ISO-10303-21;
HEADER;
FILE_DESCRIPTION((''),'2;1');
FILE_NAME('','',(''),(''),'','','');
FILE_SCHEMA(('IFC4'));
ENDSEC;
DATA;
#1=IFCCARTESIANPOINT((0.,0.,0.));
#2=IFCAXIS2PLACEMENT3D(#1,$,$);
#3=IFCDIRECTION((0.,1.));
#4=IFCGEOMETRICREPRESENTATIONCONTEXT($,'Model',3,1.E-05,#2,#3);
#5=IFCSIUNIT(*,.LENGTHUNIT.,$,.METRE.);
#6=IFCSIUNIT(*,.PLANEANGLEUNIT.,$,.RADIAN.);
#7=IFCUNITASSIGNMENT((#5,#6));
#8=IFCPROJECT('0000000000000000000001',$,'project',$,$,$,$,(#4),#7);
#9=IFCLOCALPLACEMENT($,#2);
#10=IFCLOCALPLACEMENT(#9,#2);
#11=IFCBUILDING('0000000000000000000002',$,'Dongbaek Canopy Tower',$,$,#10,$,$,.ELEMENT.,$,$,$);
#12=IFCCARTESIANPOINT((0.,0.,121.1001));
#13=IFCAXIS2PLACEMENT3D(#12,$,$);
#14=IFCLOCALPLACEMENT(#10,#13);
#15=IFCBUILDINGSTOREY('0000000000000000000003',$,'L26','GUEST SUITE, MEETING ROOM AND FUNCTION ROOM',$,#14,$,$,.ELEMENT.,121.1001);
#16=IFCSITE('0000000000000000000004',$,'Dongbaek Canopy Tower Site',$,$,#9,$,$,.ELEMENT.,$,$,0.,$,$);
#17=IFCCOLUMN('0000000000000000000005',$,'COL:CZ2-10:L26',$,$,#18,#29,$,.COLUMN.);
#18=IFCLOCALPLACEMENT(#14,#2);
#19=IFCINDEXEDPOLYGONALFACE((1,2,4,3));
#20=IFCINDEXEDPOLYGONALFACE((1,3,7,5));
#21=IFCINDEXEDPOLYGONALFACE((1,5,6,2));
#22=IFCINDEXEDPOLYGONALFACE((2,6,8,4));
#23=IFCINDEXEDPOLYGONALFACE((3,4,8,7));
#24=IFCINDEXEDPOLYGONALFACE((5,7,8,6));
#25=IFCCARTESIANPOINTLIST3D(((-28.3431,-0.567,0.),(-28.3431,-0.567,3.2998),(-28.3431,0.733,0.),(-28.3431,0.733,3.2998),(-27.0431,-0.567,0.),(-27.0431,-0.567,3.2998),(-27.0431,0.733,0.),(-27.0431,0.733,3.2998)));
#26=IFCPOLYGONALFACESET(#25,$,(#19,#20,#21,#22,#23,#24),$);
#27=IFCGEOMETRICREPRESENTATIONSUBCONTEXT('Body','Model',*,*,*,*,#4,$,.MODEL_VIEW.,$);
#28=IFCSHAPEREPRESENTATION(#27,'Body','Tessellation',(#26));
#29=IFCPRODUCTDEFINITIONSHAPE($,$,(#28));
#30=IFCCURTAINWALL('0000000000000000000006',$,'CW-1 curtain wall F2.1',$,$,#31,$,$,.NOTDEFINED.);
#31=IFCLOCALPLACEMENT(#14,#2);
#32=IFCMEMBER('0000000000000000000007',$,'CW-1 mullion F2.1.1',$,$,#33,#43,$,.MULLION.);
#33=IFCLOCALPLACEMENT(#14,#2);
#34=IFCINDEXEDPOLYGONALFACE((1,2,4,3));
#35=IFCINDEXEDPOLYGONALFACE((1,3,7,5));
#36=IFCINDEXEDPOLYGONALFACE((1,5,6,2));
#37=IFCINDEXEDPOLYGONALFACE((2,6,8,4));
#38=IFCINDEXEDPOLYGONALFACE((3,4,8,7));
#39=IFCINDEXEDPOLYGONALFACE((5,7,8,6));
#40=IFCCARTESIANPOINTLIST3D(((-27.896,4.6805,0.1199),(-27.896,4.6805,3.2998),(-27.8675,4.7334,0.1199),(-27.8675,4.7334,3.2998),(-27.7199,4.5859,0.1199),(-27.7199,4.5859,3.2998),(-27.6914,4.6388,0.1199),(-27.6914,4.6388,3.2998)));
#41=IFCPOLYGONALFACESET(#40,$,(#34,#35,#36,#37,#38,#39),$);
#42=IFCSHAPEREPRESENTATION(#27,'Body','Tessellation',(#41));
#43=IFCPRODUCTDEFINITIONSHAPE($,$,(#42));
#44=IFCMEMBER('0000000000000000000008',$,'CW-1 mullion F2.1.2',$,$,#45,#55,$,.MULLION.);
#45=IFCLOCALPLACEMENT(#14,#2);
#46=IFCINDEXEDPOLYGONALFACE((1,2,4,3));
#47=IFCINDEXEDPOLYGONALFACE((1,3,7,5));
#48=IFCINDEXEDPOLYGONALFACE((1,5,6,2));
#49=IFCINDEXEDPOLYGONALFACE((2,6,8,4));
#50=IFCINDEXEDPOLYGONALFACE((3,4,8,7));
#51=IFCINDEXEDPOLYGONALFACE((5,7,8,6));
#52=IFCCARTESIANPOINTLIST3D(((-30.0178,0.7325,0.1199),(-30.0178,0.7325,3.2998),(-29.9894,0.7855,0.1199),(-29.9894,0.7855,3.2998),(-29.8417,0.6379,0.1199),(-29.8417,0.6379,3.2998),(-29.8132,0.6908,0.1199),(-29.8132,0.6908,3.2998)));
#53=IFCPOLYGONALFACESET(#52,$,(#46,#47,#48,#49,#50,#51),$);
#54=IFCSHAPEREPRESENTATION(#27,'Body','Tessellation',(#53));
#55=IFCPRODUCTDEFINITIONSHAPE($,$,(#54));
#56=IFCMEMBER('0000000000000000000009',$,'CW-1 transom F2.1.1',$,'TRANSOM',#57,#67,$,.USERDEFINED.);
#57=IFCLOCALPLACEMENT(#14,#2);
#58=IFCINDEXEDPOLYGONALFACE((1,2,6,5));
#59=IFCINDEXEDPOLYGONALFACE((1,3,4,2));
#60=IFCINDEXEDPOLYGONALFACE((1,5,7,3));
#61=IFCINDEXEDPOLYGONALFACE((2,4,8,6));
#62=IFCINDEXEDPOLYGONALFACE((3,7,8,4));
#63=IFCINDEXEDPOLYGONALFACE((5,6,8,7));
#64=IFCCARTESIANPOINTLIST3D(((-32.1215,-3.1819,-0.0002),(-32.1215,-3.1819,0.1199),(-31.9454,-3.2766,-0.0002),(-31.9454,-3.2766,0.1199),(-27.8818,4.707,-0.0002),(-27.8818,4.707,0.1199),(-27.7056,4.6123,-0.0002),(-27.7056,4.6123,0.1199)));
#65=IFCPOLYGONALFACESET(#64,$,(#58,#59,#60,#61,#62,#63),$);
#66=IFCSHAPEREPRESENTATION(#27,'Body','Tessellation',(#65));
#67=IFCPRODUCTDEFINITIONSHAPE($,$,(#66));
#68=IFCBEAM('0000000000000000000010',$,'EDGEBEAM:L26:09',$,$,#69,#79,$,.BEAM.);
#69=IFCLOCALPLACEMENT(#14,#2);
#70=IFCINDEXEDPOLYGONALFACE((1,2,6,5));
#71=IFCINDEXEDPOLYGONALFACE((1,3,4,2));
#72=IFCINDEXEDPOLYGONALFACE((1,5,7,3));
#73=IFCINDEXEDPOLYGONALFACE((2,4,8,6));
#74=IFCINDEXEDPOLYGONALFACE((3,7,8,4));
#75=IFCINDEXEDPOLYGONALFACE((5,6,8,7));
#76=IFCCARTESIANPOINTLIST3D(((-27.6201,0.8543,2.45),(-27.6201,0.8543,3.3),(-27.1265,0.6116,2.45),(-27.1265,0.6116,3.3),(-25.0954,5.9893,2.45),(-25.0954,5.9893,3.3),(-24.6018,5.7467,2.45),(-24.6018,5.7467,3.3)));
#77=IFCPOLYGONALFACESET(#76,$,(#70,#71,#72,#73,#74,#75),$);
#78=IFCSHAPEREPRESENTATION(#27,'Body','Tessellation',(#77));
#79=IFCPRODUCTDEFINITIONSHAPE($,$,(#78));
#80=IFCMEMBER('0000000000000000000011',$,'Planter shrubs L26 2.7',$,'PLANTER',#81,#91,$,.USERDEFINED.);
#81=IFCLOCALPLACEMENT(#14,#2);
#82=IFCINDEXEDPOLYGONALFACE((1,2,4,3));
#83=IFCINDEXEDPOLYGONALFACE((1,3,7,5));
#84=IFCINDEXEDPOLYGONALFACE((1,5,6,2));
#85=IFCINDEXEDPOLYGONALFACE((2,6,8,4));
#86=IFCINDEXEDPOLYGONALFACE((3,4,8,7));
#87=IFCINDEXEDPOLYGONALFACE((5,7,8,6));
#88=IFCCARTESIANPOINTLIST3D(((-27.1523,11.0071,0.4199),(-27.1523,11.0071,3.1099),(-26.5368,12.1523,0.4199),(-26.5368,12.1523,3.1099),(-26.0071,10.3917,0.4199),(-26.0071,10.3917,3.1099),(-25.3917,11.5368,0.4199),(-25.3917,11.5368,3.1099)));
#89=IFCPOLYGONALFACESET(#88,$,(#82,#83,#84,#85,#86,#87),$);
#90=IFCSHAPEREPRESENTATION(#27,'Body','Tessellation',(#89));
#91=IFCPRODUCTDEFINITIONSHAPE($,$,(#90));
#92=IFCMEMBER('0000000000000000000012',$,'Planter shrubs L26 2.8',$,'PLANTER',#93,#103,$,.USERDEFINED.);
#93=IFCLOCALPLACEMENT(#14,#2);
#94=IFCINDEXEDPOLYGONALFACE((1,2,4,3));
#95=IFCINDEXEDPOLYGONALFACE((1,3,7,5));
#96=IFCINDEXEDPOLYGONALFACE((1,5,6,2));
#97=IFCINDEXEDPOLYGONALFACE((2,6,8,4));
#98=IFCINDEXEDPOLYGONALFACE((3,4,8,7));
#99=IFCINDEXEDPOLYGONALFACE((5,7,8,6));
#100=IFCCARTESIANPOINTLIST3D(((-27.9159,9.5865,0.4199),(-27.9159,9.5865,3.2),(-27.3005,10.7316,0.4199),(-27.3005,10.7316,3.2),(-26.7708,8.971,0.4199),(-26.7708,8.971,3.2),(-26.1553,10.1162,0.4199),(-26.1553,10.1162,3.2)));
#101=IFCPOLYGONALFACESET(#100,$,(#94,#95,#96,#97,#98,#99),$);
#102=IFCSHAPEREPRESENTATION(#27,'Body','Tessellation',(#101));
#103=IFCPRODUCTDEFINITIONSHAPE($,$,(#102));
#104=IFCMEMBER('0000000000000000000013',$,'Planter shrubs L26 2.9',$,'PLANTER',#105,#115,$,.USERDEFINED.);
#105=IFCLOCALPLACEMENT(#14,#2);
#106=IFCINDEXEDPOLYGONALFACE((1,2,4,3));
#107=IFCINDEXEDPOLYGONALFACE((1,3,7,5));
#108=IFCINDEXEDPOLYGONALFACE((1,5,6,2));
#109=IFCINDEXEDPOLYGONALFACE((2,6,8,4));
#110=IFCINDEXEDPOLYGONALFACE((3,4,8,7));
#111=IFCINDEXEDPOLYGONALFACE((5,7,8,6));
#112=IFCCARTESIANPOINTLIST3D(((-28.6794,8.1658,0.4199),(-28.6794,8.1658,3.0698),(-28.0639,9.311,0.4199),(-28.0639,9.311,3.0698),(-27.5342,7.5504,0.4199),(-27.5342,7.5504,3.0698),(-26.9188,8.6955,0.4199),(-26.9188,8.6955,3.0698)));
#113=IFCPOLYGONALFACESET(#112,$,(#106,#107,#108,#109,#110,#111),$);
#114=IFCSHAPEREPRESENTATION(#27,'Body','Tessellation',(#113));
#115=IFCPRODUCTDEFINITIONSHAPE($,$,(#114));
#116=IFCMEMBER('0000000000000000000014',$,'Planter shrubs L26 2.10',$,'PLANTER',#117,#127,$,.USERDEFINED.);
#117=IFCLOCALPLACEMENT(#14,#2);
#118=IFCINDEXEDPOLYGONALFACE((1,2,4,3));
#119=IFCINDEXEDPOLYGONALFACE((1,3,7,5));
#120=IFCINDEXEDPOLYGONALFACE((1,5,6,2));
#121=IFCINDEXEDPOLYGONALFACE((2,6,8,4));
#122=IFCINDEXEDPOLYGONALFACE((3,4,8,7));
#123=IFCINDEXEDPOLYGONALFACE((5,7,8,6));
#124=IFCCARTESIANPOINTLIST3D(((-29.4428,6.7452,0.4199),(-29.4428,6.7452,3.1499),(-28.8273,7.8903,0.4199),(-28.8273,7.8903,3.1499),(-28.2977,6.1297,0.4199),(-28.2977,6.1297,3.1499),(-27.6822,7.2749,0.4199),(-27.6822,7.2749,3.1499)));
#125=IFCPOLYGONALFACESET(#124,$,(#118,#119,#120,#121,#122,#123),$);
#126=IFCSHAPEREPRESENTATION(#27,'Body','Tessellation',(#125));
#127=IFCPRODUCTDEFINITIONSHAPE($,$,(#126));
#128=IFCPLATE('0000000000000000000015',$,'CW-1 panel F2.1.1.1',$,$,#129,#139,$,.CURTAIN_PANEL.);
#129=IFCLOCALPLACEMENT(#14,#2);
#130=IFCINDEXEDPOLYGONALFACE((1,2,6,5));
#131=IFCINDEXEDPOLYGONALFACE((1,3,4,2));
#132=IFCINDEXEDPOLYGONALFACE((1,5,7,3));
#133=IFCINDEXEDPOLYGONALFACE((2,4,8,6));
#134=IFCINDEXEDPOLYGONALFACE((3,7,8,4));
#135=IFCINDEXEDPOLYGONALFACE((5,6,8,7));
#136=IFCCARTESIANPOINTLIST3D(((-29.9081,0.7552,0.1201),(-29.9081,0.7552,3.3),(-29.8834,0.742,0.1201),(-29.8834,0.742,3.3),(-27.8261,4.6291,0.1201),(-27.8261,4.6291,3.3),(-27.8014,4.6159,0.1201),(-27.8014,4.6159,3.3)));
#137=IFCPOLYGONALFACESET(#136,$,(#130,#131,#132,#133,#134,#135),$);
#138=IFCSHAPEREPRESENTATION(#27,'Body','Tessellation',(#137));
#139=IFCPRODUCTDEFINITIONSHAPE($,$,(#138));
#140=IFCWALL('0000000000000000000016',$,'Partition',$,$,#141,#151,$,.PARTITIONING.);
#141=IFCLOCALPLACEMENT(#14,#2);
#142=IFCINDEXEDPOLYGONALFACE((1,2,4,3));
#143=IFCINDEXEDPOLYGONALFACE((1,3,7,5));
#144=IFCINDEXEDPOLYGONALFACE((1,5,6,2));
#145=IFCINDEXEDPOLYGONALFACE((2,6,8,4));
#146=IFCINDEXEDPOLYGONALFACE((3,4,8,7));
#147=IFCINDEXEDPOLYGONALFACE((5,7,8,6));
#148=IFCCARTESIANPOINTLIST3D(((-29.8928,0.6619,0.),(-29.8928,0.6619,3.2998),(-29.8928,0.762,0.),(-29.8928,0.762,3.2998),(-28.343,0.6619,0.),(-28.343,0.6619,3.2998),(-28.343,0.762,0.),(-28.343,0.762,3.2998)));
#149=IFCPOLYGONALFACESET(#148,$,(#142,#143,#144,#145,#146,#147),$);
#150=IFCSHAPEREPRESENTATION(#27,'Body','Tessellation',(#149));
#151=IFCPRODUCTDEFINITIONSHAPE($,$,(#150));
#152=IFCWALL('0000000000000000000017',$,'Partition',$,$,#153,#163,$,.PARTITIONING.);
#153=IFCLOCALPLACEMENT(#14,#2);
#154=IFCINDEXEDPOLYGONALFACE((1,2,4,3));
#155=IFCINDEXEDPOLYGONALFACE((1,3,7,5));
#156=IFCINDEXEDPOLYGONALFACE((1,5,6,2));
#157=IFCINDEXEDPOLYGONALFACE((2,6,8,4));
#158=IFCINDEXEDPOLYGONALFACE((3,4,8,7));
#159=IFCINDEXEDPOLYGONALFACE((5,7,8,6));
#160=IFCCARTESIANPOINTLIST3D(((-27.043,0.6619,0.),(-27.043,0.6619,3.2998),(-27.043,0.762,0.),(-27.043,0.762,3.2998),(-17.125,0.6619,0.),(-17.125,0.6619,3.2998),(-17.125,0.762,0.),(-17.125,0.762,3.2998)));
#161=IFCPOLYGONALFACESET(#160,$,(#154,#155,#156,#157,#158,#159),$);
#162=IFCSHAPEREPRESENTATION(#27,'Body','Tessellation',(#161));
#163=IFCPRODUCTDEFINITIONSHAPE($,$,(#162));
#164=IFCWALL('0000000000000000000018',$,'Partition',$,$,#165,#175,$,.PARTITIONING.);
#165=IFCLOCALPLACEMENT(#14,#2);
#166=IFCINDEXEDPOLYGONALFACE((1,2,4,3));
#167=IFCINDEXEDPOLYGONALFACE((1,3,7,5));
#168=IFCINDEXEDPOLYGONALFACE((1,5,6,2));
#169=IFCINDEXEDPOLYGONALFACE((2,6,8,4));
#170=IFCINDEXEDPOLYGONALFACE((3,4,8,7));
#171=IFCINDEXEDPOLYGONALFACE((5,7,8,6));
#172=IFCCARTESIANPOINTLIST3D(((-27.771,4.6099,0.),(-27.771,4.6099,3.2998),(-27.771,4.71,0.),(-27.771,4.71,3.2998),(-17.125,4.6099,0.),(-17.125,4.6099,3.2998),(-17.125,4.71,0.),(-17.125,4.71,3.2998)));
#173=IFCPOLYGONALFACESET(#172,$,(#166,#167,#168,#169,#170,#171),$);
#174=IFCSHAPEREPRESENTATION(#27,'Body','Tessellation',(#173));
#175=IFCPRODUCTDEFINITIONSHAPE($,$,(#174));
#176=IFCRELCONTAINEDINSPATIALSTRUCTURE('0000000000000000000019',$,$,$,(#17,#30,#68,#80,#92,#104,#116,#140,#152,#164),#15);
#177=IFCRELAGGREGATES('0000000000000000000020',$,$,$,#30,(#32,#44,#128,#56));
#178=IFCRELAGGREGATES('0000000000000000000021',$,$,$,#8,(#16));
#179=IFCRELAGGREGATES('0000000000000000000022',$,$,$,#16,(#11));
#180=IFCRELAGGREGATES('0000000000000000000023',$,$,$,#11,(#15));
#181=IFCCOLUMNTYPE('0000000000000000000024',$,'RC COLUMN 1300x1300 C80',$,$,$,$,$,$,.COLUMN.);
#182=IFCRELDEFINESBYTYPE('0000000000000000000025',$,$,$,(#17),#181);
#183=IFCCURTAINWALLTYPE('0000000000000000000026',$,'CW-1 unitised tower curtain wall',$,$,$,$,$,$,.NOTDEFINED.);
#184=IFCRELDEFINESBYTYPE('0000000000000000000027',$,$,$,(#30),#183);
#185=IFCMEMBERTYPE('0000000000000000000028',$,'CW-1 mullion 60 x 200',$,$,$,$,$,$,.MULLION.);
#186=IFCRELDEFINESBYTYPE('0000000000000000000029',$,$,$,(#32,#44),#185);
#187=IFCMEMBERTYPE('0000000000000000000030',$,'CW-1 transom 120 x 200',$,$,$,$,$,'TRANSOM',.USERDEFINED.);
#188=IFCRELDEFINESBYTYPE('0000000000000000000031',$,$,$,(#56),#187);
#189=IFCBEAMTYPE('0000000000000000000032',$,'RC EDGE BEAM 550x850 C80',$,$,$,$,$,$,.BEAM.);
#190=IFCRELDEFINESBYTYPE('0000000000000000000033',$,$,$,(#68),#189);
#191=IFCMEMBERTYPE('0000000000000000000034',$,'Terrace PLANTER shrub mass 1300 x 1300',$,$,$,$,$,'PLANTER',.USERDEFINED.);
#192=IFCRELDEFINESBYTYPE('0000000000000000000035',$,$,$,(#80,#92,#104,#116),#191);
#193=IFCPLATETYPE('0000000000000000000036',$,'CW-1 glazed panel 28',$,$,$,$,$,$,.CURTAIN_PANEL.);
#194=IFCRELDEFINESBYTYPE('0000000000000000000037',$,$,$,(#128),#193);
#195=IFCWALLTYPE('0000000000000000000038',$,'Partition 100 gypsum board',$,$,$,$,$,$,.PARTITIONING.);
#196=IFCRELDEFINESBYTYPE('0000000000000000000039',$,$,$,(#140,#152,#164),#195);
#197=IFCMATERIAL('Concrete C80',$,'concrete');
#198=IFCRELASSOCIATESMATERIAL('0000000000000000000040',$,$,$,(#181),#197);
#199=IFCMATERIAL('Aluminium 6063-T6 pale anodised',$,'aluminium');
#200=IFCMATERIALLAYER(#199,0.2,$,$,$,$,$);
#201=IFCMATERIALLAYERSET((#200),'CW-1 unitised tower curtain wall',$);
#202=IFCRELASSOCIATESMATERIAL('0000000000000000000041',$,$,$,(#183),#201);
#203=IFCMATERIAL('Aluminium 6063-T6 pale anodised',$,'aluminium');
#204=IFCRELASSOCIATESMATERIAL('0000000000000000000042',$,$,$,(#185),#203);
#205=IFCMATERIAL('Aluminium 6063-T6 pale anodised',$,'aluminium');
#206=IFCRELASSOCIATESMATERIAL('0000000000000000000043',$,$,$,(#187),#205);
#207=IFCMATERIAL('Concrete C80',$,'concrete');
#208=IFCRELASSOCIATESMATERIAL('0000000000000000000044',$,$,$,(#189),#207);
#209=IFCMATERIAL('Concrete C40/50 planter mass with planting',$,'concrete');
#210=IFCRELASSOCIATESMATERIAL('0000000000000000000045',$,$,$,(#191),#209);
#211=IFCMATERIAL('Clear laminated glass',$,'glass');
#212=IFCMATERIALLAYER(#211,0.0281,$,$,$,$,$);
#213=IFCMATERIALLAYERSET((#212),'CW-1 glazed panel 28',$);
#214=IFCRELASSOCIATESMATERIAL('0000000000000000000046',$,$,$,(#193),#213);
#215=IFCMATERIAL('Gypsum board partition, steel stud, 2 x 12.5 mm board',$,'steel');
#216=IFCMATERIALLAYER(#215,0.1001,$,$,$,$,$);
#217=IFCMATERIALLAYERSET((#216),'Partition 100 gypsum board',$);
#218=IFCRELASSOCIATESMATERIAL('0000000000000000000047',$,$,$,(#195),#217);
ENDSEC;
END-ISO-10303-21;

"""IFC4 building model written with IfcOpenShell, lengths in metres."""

from ifc_helpers import new_model, si_unit, direction, frame, frame_2d, origin, origin_2d, place, context, subcontext, project, spatial, rectangle, extrude, material, layer, layer_set, material_profile, profile_set, type_object, element, aggregate, save


model = new_model("IFC4")

# Units and contexts
model_context = context("Model", 3, precision=1e-05, world=origin(), true_north=direction((0.0, 1.0)))
body_context = subcontext(model_context, "Body", "Model", "MODEL_VIEW")
ifc_project = project(units=[si_unit("LENGTHUNIT", "METRE"), si_unit("PLANEANGLEUNIT", "RADIAN")], contexts=[model_context])

# Site, building, storey
site_placement = place(None, origin())
site = spatial("IfcSite", under=ifc_project, at=site_placement, Name="Dongbaek Canopy Tower Site", CompositionType="ELEMENT", RefElevation=0.0)
building_placement = place(site_placement, origin())
building = spatial("IfcBuilding", under=site, at=building_placement, Name="Dongbaek Canopy Tower", CompositionType="ELEMENT")
storey_placement = place(building_placement, frame((0.0, 0.0, 121.1001)))
storey = spatial("IfcBuildingStorey", under=building, at=storey_placement, Name="L26", Description="GUEST SUITE, MEETING ROOM AND FUNCTION ROOM", CompositionType="ELEMENT", Elevation=121.1001)

# Column
ifc_material_1 = material(Name="Concrete C80", Category="concrete")
ifc_material_profile_1 = material_profile(ifc_material_1, rectangle(XDim=1.3, YDim=1.3, at=origin_2d()), Name="RC COLUMN 1300x1300 C80")
ifc_profile_set_1 = profile_set([ifc_material_profile_1], Name="Concrete C80")
column_type = type_object("IfcColumnType", Name="RC COLUMN 1300x1300 C80", PredefinedType="COLUMN", material=ifc_profile_set_1)
column_placement = place(storey_placement, frame((-27.6931, 0.083, 0.0), z_axis=(0.0, 0.0, 1.0), x_axis=(1.0, 0.0, 0.0)))
element("IfcColumn", 1, at=column_placement, inside=storey, type_object=column_type, Name="COL:CZ2-10:L26", PredefinedType="COLUMN", context=body_context, shape_type="SweptSolid", body=[
    extrude(rectangle(XDim=1.3, YDim=1.3, at=origin_2d()), origin(), (0.0, 0.0, 1.0), 3.2998),
])

# Curtain wall, members
ifc_material_2 = material(Name="Aluminium 6063-T6 pale anodised", Category="aluminium")
ifc_layer_1 = layer(ifc_material_2, 0.2)
ifc_layer_set_1 = layer_set([ifc_layer_1], Name="CW-1 unitised tower curtain wall")
curtain_wall_type = type_object("IfcCurtainWallType", Name="CW-1 unitised tower curtain wall", PredefinedType="NOTDEFINED", material=ifc_layer_set_1)
curtain_wall_placement = place(storey_placement, origin())
curtain_wall = element("IfcCurtainWall", 2, at=curtain_wall_placement, inside=storey, type_object=curtain_wall_type, Name="CW-1 curtain wall F2.1", PredefinedType="NOTDEFINED")
ifc_material_3 = material(Name="Aluminium 6063-T6 pale anodised", Category="aluminium")
ifc_material_profile_2 = material_profile(ifc_material_3, rectangle(XDim=0.2, YDim=0.0601, at=origin_2d()), Name="CW-1 mullion 60 x 200")
ifc_profile_set_2 = profile_set([ifc_material_profile_2], Name="Aluminium 6063-T6 pale anodised")
member_type_1 = type_object("IfcMemberType", Name="CW-1 mullion 60 x 200", PredefinedType="MULLION", material=ifc_profile_set_2)
member_1_placement = place(storey_placement, frame((-27.7937, 4.6597, 0.1199), z_axis=(0.0, 0.0, 1.0), x_axis=(-0.880843, 0.473409, 0.0)))
member_1 = element("IfcMember", 3, at=member_1_placement, type_object=member_type_1, Name="CW-1 mullion F2.1.1", PredefinedType="MULLION", context=body_context, shape_type="SweptSolid", body=[
    extrude(rectangle(XDim=0.2, YDim=0.0601, at=origin_2d()), origin(), (0.0, 0.0, 1.0), 3.1799),
])
member_2_placement = place(storey_placement, frame((-29.9155, 0.7117, 0.1199), z_axis=(0.0, 0.0, 1.0), x_axis=(-0.880843, 0.473409, 0.0)))
member_2 = element("IfcMember", 4, at=member_2_placement, type_object=member_type_1, Name="CW-1 mullion F2.1.2", PredefinedType="MULLION", context=body_context, shape_type="SweptSolid", body=[
    extrude(rectangle(XDim=0.2, YDim=0.0601, at=origin_2d()), origin(), (0.0, 0.0, 1.0), 3.1799),
])
ifc_material_4 = material(Name="Aluminium 6063-T6 pale anodised", Category="aluminium")
ifc_material_profile_3 = material_profile(ifc_material_4, rectangle(XDim=0.2, YDim=0.1201, at=origin_2d()), Name="CW-1 transom 120 x 200")
ifc_profile_set_3 = profile_set([ifc_material_profile_3], Name="Aluminium 6063-T6 pale anodised")
member_type_2 = type_object("IfcMemberType", Name="CW-1 transom 120 x 200", ElementType="TRANSOM", PredefinedType="USERDEFINED", material=ifc_profile_set_3)
member_3_placement = place(storey_placement, frame((-27.7937, 4.6597, 0.0598), z_axis=(-0.473396, -0.88085, 0.0), x_axis=(0.88085, -0.473396, 0.0)))
member_3 = element("IfcMember", 5, at=member_3_placement, type_object=member_type_2, Name="CW-1 transom F2.1.1", ObjectType="TRANSOM", PredefinedType="USERDEFINED", context=body_context, shape_type="SweptSolid", body=[
    extrude(rectangle(XDim=0.2, YDim=0.1201, at=origin_2d()), origin(), (0.0, 0.0, 1.0), 8.9561),
])

# Beam
ifc_material_5 = material(Name="Concrete C80", Category="concrete")
ifc_material_profile_4 = material_profile(ifc_material_5, rectangle(XDim=0.55, YDim=0.8501, at=origin_2d()), Name="RC EDGE BEAM 550x850 C80")
ifc_profile_set_4 = profile_set([ifc_material_profile_4], Name="Concrete C80")
beam_type = type_object("IfcBeamType", Name="RC EDGE BEAM 550x850 C80", PredefinedType="BEAM", material=ifc_profile_set_4)
beam_placement = place(storey_placement, frame((-27.3733, 0.7329, 2.875), z_axis=(0.441213, 0.897402, 0.0), x_axis=(-0.897402, 0.441213, 0.0)))
element("IfcBeam", 6, at=beam_placement, inside=storey, type_object=beam_type, Name="EDGEBEAM:L26:09", PredefinedType="BEAM", context=body_context, shape_type="SweptSolid", body=[
    extrude(rectangle(XDim=0.55, YDim=0.8501, at=origin_2d()), origin(), (0.0, 0.0, 1.0), 5.7222),
])

# Members
ifc_material_6 = material(Name="Concrete C40/50 planter mass with planting", Category="concrete")
ifc_material_profile_5 = material_profile(ifc_material_6, rectangle(XDim=1.3, YDim=1.3, at=origin_2d()), Name="Terrace PLANTER shrub mass 1300 x 1300")
ifc_profile_set_5 = profile_set([ifc_material_profile_5], Name="Concrete C40/50 planter mass with planting")
member_type_3 = type_object("IfcMemberType", Name="Terrace PLANTER shrub mass 1300 x 1300", ElementType="PLANTER", PredefinedType="USERDEFINED", material=ifc_profile_set_5)
member_4_placement = place(storey_placement, frame((-26.272, 11.272, 0.4199), z_axis=(0.0, 0.0, 1.0), x_axis=(-0.880843, 0.473409, 0.0)))
element("IfcMember", 7, at=member_4_placement, inside=storey, type_object=member_type_3, Name="Planter shrubs L26 2.7", ObjectType="PLANTER", PredefinedType="USERDEFINED", context=body_context, shape_type="SweptSolid", body=[
    extrude(rectangle(XDim=1.3, YDim=1.3, at=origin_2d()), origin(), (0.0, 0.0, 1.0), 2.6899),
])
member_5_placement = place(storey_placement, frame((-27.0356, 9.8513, 0.4199), z_axis=(0.0, 0.0, 1.0), x_axis=(-0.880843, 0.473409, 0.0)))
element("IfcMember", 8, at=member_5_placement, inside=storey, type_object=member_type_3, Name="Planter shrubs L26 2.8", ObjectType="PLANTER", PredefinedType="USERDEFINED", context=body_context, shape_type="SweptSolid", body=[
    extrude(rectangle(XDim=1.3, YDim=1.3, at=origin_2d()), origin(), (0.0, 0.0, 1.0), 2.78),
])
member_6_placement = place(storey_placement, frame((-27.7991, 8.4307, 0.4199), z_axis=(0.0, 0.0, 1.0), x_axis=(-0.880843, 0.473409, 0.0)))
element("IfcMember", 9, at=member_6_placement, inside=storey, type_object=member_type_3, Name="Planter shrubs L26 2.9", ObjectType="PLANTER", PredefinedType="USERDEFINED", context=body_context, shape_type="SweptSolid", body=[
    extrude(rectangle(XDim=1.3, YDim=1.3, at=origin_2d()), origin(), (0.0, 0.0, 1.0), 2.6499),
])
member_7_placement = place(storey_placement, frame((-28.5625, 7.01, 0.4199), z_axis=(0.0, 0.0, 1.0), x_axis=(-0.880843, 0.473409, 0.0)))
element("IfcMember", 10, at=member_7_placement, inside=storey, type_object=member_type_3, Name="Planter shrubs L26 2.10", ObjectType="PLANTER", PredefinedType="USERDEFINED", context=body_context, shape_type="SweptSolid", body=[
    extrude(rectangle(XDim=1.3, YDim=1.3, at=origin_2d()), origin(), (0.0, 0.0, 1.0), 2.73),
])

# Plate
ifc_material_7 = material(Name="Clear laminated glass", Category="glass")
ifc_layer_2 = layer(ifc_material_7, 0.0281)
ifc_layer_set_2 = layer_set([ifc_layer_2], Name="CW-1 glazed panel 28")
plate_type = type_object("IfcPlateType", Name="CW-1 glazed panel 28", PredefinedType="CURTAIN_PANEL", material=ifc_layer_set_2)
plate_placement = place(storey_placement, frame((-28.8547, 2.6855, 0.1201), z_axis=(0.0, 0.0, 1.0), x_axis=(-0.473409, -0.880843, 0.0)))
plate = element("IfcPlate", 11, at=plate_placement, type_object=plate_type, Name="CW-1 panel F2.1.1.1", PredefinedType="CURTAIN_PANEL", context=body_context, shape_type="SweptSolid", body=[
    extrude(rectangle(XDim=4.3979, YDim=0.0281, at=origin_2d()), origin(), (0.0, 0.0, 1.0), 3.1799),
])
aggregate(curtain_wall, [member_1, member_2, plate, member_3])

# Walls
ifc_material_8 = material(Name="Gypsum board partition, steel stud, 2 x 12.5 mm board", Category="steel")
ifc_layer_3 = layer(ifc_material_8, 0.1001)
ifc_layer_set_3 = layer_set([ifc_layer_3], Name="Partition 100 gypsum board")
wall_type = type_object("IfcWallType", Name="Partition 100 gypsum board", PredefinedType="PARTITIONING", material=ifc_layer_set_3)
wall_1_placement = place(storey_placement, frame((-29.8928, 0.7119, 0.0), z_axis=(0.0, 0.0, 1.0), x_axis=(1.0, 0.0, 0.0)))
element("IfcWall", 12, at=wall_1_placement, inside=storey, type_object=wall_type, Name="Partition", PredefinedType="PARTITIONING", context=body_context, shape_type="SweptSolid", body=[
    extrude(rectangle(XDim=1.5498, YDim=0.1001, at=frame_2d((0.7749, 0.0))), origin(), (0.0, 0.0, 1.0), 3.2998),
])
wall_2_placement = place(storey_placement, frame((-27.043, 0.7119, 0.0), z_axis=(0.0, 0.0, 1.0), x_axis=(1.0, 0.0, 0.0)))
element("IfcWall", 13, at=wall_2_placement, inside=storey, type_object=wall_type, Name="Partition", PredefinedType="PARTITIONING", context=body_context, shape_type="SweptSolid", body=[
    extrude(rectangle(XDim=9.918, YDim=0.1001, at=frame_2d((4.959, 0.0))), origin(), (0.0, 0.0, 1.0), 3.2998),
])
wall_3_placement = place(storey_placement, frame((-27.771, 4.6599, 0.0), z_axis=(0.0, 0.0, 1.0), x_axis=(1.0, 0.0, 0.0)))
element("IfcWall", 14, at=wall_3_placement, inside=storey, type_object=wall_type, Name="Partition", PredefinedType="PARTITIONING", context=body_context, shape_type="SweptSolid", body=[
    extrude(rectangle(XDim=10.646, YDim=0.1001, at=frame_2d((5.323, 0.0))), origin(), (0.0, 0.0, 1.0), 3.2998),
])

save(model, "model.ifc")
